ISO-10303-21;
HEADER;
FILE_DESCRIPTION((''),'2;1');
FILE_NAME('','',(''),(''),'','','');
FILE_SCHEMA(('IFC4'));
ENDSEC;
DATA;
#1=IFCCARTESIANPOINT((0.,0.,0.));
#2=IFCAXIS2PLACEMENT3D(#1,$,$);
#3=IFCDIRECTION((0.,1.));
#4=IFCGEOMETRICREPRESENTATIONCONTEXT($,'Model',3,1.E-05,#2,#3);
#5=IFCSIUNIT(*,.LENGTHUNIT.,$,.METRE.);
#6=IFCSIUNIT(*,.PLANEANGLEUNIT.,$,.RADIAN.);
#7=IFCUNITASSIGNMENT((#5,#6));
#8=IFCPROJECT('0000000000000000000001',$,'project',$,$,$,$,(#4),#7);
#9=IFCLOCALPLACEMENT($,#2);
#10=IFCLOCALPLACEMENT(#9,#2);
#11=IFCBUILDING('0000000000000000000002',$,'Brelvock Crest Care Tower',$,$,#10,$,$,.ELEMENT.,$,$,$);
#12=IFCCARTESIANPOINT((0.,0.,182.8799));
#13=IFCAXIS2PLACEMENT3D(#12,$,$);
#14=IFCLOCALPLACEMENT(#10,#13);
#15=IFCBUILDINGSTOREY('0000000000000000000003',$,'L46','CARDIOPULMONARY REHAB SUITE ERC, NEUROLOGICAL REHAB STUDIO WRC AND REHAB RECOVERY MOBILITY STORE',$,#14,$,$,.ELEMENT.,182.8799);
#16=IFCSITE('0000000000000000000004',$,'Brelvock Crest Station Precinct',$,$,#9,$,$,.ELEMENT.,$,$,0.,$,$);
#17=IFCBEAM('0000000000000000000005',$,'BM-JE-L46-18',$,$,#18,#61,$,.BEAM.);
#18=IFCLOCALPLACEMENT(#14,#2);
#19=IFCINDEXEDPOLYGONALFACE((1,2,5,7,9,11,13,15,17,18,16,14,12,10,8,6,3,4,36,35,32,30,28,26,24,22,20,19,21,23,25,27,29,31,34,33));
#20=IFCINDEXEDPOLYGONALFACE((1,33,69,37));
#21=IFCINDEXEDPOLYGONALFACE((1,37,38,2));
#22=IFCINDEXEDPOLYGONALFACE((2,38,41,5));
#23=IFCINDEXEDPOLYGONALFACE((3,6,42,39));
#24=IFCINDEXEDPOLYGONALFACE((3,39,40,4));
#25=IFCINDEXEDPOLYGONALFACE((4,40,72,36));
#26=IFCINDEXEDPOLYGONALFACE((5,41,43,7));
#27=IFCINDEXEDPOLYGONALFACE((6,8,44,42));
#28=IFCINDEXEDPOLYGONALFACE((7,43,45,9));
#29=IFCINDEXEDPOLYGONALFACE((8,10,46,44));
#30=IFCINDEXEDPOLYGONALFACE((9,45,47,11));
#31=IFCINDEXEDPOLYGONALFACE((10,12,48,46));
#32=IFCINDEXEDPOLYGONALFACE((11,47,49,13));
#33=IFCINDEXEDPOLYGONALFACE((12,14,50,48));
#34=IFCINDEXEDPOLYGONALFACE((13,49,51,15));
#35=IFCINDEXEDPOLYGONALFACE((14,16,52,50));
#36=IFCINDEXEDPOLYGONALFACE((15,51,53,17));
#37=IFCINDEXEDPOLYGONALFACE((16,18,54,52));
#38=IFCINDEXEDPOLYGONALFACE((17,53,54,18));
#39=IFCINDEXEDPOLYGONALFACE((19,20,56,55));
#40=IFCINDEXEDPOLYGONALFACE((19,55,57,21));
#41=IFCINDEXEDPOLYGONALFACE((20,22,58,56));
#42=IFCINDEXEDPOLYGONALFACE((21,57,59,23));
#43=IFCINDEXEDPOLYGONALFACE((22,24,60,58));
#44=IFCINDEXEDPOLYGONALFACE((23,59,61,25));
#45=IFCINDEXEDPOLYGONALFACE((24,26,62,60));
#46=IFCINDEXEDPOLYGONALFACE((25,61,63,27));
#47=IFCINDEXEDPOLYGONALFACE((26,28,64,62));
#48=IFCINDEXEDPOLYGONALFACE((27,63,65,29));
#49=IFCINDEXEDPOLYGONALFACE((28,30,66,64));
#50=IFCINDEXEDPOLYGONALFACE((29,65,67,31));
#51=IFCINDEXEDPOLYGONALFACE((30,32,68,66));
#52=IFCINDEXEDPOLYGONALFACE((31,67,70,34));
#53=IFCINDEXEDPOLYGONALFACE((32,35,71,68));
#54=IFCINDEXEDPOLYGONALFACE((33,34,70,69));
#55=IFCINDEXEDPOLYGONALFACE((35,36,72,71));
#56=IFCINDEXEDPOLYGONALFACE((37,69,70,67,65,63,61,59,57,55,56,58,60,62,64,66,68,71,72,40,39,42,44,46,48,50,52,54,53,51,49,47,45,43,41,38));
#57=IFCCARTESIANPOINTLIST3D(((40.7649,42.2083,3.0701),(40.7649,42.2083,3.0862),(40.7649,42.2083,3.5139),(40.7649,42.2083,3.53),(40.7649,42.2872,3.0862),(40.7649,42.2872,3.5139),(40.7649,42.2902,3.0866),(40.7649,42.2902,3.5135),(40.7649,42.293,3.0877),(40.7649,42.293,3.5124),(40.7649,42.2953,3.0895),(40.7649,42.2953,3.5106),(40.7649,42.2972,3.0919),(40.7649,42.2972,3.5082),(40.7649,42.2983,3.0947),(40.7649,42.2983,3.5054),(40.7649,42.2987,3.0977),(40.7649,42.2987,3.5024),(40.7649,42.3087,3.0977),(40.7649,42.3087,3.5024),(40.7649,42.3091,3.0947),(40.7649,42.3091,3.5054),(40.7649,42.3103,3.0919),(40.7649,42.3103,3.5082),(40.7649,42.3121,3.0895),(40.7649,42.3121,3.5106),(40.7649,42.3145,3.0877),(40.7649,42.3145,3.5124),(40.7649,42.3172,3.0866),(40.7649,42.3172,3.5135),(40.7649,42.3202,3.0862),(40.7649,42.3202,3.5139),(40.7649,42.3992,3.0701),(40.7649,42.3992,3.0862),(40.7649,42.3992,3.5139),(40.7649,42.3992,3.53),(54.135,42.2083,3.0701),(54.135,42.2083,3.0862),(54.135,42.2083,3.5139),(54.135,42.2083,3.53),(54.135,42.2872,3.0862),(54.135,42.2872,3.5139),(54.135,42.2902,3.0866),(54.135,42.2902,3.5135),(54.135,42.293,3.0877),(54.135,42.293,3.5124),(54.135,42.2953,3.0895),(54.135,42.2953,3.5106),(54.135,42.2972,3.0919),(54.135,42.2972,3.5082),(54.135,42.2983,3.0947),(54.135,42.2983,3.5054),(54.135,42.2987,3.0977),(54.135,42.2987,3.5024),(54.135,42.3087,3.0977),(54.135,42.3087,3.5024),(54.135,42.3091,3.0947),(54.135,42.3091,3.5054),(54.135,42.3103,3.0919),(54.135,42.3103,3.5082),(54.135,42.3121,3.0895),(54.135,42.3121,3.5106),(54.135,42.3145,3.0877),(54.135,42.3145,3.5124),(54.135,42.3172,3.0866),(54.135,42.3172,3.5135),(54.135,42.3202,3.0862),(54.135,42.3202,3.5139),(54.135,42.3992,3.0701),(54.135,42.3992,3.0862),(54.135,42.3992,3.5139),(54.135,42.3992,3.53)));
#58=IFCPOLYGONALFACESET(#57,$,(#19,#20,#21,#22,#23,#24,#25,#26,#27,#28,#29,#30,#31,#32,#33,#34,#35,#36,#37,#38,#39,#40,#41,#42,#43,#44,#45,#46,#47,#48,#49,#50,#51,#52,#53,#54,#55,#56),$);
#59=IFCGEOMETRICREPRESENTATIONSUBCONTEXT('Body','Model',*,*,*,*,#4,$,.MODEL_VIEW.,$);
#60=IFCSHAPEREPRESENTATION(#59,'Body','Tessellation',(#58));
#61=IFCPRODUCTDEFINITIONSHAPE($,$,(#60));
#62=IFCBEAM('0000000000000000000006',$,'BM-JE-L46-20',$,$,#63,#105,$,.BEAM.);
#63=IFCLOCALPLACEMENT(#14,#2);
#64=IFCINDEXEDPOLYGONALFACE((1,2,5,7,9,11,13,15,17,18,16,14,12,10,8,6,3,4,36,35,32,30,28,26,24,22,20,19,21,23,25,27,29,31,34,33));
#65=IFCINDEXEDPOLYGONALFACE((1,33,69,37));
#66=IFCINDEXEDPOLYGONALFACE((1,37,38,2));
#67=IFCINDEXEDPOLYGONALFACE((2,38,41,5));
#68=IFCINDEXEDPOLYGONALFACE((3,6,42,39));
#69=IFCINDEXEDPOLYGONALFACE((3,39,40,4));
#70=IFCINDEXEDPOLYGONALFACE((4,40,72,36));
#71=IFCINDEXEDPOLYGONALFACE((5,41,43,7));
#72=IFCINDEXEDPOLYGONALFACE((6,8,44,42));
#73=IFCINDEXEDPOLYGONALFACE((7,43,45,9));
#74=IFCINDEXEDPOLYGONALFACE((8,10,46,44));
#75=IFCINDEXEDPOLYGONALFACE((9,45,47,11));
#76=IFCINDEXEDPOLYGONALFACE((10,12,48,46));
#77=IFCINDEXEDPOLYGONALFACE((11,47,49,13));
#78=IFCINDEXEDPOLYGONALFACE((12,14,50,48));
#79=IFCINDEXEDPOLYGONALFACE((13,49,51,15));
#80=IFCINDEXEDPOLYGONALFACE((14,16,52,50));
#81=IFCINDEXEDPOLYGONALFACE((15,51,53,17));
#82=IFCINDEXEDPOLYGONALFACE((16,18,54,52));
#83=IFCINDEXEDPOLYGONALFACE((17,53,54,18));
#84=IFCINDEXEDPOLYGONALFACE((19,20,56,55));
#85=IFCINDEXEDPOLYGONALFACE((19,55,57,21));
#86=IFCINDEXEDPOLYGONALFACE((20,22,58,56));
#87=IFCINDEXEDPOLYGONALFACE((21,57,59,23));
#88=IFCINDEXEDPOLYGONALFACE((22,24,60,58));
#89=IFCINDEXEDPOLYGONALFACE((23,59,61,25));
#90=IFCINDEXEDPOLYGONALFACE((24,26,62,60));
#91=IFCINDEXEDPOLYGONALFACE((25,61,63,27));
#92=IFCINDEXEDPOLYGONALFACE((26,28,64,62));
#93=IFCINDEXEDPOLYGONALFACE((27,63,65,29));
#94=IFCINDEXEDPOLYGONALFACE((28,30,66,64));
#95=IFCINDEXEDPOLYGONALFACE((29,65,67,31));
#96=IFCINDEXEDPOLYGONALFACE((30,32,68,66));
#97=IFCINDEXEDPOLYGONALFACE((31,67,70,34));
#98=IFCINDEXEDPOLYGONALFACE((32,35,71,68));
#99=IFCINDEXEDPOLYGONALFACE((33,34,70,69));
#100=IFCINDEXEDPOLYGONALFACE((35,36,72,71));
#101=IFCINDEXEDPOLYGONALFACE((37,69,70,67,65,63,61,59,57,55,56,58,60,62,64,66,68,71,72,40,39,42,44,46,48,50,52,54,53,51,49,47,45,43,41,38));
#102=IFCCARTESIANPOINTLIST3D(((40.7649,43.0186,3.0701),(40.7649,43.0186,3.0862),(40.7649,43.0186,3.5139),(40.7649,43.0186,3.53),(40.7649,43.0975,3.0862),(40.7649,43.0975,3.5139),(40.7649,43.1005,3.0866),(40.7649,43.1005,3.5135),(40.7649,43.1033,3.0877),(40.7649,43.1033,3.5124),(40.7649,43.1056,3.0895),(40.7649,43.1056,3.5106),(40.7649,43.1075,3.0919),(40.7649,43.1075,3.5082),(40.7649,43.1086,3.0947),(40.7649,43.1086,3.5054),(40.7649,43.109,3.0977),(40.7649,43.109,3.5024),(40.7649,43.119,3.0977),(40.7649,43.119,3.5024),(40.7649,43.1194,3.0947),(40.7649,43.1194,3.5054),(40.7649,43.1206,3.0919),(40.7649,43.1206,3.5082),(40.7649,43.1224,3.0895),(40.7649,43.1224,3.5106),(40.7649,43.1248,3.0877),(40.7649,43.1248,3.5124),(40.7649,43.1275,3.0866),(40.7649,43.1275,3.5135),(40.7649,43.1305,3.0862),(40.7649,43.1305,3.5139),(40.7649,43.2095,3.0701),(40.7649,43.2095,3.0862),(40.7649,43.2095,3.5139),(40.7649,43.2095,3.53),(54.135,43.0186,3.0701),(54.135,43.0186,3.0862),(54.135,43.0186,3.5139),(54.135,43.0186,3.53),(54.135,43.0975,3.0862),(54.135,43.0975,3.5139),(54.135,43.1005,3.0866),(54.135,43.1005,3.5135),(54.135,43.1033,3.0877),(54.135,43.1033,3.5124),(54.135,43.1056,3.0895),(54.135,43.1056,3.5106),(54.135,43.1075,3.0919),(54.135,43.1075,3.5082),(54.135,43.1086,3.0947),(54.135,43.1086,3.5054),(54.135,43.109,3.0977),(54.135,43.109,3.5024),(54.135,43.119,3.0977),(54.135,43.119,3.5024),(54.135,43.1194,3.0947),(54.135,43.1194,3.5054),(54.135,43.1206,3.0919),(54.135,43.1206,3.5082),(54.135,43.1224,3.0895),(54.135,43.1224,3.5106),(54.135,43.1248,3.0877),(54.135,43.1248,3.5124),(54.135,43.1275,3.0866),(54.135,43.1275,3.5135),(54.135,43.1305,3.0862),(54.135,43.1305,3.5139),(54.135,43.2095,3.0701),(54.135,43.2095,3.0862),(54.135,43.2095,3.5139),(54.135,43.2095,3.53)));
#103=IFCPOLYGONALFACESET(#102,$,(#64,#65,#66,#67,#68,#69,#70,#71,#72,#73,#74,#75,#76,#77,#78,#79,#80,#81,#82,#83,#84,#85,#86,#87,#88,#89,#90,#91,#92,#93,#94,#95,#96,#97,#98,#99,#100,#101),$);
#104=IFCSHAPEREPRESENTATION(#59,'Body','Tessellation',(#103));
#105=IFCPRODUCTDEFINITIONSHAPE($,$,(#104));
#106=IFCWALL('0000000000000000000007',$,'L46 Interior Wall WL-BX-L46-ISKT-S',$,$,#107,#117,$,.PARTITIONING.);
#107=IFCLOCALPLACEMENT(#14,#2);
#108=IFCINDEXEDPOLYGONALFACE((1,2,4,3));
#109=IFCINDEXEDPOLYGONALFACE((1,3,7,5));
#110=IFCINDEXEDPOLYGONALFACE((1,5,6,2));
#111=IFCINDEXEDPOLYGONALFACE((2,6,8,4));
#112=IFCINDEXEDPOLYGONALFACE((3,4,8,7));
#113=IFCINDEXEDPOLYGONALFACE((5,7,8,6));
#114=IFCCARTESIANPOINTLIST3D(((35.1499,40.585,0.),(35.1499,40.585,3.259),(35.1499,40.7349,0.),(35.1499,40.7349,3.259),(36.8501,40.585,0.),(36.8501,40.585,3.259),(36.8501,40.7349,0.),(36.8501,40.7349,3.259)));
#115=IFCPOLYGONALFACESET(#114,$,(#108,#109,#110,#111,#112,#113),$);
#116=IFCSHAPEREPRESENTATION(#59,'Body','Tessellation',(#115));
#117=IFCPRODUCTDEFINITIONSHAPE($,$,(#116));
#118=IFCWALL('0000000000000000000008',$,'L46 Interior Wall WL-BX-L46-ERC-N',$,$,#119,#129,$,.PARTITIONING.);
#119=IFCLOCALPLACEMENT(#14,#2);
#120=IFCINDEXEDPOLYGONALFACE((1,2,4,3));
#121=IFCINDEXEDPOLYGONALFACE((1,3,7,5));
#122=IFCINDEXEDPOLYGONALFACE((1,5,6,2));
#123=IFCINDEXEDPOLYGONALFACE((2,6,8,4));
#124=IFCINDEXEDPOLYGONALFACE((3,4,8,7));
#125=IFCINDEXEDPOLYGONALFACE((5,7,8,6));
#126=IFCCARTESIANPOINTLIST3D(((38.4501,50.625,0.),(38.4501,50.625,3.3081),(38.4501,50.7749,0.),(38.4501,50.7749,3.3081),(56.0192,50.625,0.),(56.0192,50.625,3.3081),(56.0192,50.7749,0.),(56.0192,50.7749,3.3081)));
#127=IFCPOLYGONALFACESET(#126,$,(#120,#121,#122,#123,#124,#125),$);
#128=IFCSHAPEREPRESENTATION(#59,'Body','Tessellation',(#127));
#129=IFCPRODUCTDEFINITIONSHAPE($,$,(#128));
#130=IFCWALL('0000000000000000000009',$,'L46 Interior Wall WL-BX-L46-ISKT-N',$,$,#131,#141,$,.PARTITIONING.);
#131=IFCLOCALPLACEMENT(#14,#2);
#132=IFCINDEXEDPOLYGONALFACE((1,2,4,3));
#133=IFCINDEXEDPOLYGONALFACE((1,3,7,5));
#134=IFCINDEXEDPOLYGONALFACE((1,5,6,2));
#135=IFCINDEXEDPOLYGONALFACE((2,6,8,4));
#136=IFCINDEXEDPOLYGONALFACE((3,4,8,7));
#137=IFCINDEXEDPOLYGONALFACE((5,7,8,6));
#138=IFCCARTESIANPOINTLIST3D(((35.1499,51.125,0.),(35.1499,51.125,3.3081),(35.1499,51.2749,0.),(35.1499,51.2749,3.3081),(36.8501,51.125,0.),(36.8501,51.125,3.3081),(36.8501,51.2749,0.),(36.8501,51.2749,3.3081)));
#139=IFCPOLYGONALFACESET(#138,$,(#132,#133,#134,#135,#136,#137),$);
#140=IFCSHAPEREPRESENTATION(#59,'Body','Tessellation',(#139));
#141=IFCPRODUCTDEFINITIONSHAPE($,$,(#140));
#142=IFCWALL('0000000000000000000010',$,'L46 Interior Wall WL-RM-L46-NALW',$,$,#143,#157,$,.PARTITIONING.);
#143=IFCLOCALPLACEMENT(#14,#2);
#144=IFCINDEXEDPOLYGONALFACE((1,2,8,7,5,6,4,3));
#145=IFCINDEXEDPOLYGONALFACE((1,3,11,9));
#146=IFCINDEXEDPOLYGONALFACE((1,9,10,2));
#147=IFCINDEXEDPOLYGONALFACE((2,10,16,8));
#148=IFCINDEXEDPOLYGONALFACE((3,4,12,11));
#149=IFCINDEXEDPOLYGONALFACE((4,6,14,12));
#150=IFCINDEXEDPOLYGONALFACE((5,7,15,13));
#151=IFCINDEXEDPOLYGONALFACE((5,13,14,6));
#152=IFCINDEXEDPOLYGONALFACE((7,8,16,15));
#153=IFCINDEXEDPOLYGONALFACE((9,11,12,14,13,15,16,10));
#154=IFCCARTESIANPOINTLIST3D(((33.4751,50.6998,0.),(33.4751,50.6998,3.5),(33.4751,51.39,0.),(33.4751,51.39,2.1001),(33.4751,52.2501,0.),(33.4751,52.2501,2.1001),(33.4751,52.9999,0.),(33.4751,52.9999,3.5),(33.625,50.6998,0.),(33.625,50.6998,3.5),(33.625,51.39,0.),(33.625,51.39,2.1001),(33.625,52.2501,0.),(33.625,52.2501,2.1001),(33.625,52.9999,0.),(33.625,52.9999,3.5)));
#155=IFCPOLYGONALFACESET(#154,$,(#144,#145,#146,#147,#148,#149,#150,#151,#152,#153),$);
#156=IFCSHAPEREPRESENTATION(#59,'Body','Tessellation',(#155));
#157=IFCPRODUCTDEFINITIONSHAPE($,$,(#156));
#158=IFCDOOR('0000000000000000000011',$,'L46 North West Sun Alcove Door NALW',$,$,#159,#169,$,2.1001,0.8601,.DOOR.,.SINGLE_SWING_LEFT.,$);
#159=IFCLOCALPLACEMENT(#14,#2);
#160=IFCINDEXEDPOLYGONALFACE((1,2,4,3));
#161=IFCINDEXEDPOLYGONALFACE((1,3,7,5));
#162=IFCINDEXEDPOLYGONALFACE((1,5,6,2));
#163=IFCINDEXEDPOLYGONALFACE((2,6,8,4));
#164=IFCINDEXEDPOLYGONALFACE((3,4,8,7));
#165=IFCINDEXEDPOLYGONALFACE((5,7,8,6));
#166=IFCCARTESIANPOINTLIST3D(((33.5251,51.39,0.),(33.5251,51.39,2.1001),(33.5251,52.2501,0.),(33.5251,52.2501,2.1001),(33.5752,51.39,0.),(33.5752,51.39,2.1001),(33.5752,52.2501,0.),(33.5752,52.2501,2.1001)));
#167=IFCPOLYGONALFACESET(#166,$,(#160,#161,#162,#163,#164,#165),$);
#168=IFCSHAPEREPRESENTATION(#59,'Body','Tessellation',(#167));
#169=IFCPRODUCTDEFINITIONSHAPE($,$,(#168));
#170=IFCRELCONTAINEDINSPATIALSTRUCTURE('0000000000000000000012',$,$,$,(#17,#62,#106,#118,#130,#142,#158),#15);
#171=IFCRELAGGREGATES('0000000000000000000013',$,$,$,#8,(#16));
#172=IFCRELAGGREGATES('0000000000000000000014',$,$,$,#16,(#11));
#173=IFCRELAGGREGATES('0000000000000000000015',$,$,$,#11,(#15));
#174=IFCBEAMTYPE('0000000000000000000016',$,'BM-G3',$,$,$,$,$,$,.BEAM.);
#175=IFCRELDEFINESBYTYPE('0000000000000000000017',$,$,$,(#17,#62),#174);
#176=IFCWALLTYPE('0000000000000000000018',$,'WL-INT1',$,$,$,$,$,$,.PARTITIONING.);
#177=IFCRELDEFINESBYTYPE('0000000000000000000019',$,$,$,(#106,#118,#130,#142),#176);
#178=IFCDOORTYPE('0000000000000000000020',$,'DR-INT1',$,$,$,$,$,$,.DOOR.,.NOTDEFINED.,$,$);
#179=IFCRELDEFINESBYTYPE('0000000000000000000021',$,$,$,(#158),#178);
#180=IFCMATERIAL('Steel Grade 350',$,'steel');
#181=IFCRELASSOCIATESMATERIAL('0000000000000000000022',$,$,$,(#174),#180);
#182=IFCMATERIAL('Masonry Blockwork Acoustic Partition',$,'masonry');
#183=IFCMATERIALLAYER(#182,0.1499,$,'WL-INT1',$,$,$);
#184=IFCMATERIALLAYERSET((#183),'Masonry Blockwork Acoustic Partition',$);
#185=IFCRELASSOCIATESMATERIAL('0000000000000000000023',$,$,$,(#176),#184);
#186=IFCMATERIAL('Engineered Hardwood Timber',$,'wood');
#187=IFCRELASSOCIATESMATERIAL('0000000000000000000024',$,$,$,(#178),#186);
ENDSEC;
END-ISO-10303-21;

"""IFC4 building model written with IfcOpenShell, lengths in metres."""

from ifc_helpers import new_model, si_unit, direction, frame, frame_2d, origin, origin_2d, place, context, subcontext, project, spatial, rectangle, i_section, extrude, source, transform, mapped, material, layer, layer_set, material_profile, profile_set, type_object, element, fill, save


model = new_model("IFC4")

# Units and contexts
model_context = context("Model", 3, precision=1e-05, world=origin(), true_north=direction((0.0, 1.0)))
body_context = subcontext(model_context, "Body", "Model", "MODEL_VIEW")
ifc_project = project(units=[si_unit("LENGTHUNIT", "METRE"), si_unit("PLANEANGLEUNIT", "RADIAN")], contexts=[model_context])

# Site, building, storey
site_placement = place(None, origin())
site = spatial("IfcSite", under=ifc_project, at=site_placement, Name="Brelvock Crest Station Precinct", CompositionType="ELEMENT", RefElevation=0.0)
building_placement = place(site_placement, origin())
building = spatial("IfcBuilding", under=site, at=building_placement, Name="Brelvock Crest Care Tower", CompositionType="ELEMENT")
storey_placement = place(building_placement, frame((0.0, 0.0, 182.8799)))
storey = spatial("IfcBuildingStorey", under=building, at=storey_placement, Name="L46", Description="CARDIOPULMONARY REHAB SUITE ERC, NEUROLOGICAL REHAB STUDIO WRC AND REHAB RECOVERY MOBILITY STORE", CompositionType="ELEMENT", Elevation=182.8799)

# Beams
ifc_material_1 = material(Name="Steel Grade 350", Category="steel")
ifc_material_profile_1 = material_profile(ifc_material_1, i_section(OverallWidth=0.1909, OverallDepth=0.46, WebThickness=0.01, FlangeThickness=0.0161, FilletRadius=0.0115, at=origin_2d()), Name="460UB82.1")
ifc_profile_set_1 = profile_set([ifc_material_profile_1], Name="Steel Grade 350")
beam_type_1 = type_object("IfcBeamType", Name="BM-G3", PredefinedType="BEAM", material=ifc_profile_set_1)
shared_shape_1 = source(origin(), body_context, "Body", "SweptSolid", [
    extrude(i_section(OverallWidth=0.1909, OverallDepth=0.46, WebThickness=0.01, FlangeThickness=0.0161, FilletRadius=0.0115, at=origin_2d()), origin(), (0.0, 0.0, 1.0), 13.3701),
])
for number, where, z_axis, x_axis, name in (
    (1, (40.7649, 42.3037, 3.3), (1.0, 0.0, 0.0), (0.0, 1.0, 0.0), "BM-JE-L46-18"),
    (2, (40.7649, 43.114, 3.3), (1.0, 0.0, 0.0), (0.0, 1.0, 0.0), "BM-JE-L46-20"),
):
    element("IfcBeam", number, at=place(storey_placement, frame(where, z_axis=z_axis, x_axis=x_axis)), inside=storey, type_object=beam_type_1, Name=name, PredefinedType="BEAM", context=body_context, shape_type="MappedRepresentation", body=[
        mapped(shared_shape_1, transform((0.0, 0.0, 0.0), x_axis=(1.0, 0.0, 0.0), y_axis=(0.0, 1.0, 0.0), z_axis=(0.0, 0.0, 1.0), scale=1.0)),
    ])

# Walls
ifc_material_2 = material(Name="Masonry Blockwork Acoustic Partition", Category="masonry")
ifc_layer = layer(ifc_material_2, 0.1499, Name="WL-INT1")
ifc_layer_set = layer_set([ifc_layer], Name="Masonry Blockwork Acoustic Partition")
wall_type = type_object("IfcWallType", Name="WL-INT1", PredefinedType="PARTITIONING", material=ifc_layer_set)
wall_1_placement = place(storey_placement, frame((35.1499, 40.6599, 0.0), z_axis=(0.0, 0.0, 1.0), x_axis=(1.0, 0.0, 0.0)))
element("IfcWall", 3, at=wall_1_placement, inside=storey, type_object=wall_type, Name="L46 Interior Wall WL-BX-L46-ISKT-S", PredefinedType="PARTITIONING", context=body_context, shape_type="SweptSolid", body=[
    extrude(rectangle(XDim=1.7002, YDim=0.1499, at=frame_2d((0.8501, 0.0))), origin(), (0.0, 0.0, 1.0), 3.259),
])
wall_2_placement = place(storey_placement, frame((38.45, 50.7, 0.0), z_axis=(0.0, 0.0, 1.0), x_axis=(1.0, 0.0, 0.0)))
element("IfcWall", 4, at=wall_2_placement, inside=storey, type_object=wall_type, Name="L46 Interior Wall WL-BX-L46-ERC-N", PredefinedType="PARTITIONING", context=body_context, shape_type="SweptSolid", body=[
    extrude(rectangle(XDim=17.5691, YDim=0.1499, at=frame_2d((8.7847, 0.0))), origin(), (0.0, 0.0, 1.0), 3.3081),
])
wall_3_placement = place(storey_placement, frame((35.1499, 51.2, 0.0), z_axis=(0.0, 0.0, 1.0), x_axis=(1.0, 0.0, 0.0)))
element("IfcWall", 5, at=wall_3_placement, inside=storey, type_object=wall_type, Name="L46 Interior Wall WL-BX-L46-ISKT-N", PredefinedType="PARTITIONING", context=body_context, shape_type="SweptSolid", body=[
    extrude(rectangle(XDim=1.7002, YDim=0.1499, at=frame_2d((0.8501, 0.0))), origin(), (0.0, 0.0, 1.0), 3.3081),
])

# Wall, opening, door
wall_4_placement = place(storey_placement, frame((33.55, 50.7, 0.0), z_axis=(0.0, 0.0, 1.0), x_axis=(0.0, 1.0, 0.0)))
wall_4 = element("IfcWall", 6, at=wall_4_placement, inside=storey, type_object=wall_type, Name="L46 Interior Wall WL-RM-L46-NALW", PredefinedType="PARTITIONING", context=body_context, shape_type="SweptSolid", body=[
    extrude(rectangle(XDim=2.3, YDim=0.1499, at=frame_2d((1.1499, 0.0))), origin(), (0.0, 0.0, 1.0), 3.5),
])
opening_1_placement = place(wall_4_placement, frame((0.6899, 0.0, 0.0)))
opening_1 = element("IfcOpeningElement", 7, at=opening_1_placement, cuts=wall_4, PredefinedType="OPENING", context=body_context, shape_type="SweptSolid", body=[
    extrude(rectangle(XDim=0.8601, YDim=2.1001, at=origin_2d()), frame((0.4302, 0.085, 1.05), z_axis=(0.0, -1.0, 0.0), x_axis=(1.0, 0.0, 0.0)), (0.0, 0.0, 1.0), 0.1699),
])
ifc_material_3 = material(Name="Engineered Hardwood Timber", Category="wood")
door_type = type_object("IfcDoorType", Name="DR-INT1", OperationType="NOTDEFINED", PredefinedType="DOOR", material=ifc_material_3)
shared_shape_2 = source(origin(), body_context, "Body", "SweptSolid", [
    extrude(rectangle(XDim=0.8601, YDim=2.1001, at=origin_2d()), frame((0.4302, 0.0249, 1.05), z_axis=(0.0, -1.0, 0.0), x_axis=(1.0, 0.0, 0.0)), (0.0, 0.0, 1.0), 0.05),
])
door_1_placement = place(opening_1_placement, origin())
door_1 = element("IfcDoor", 8, at=door_1_placement, inside=storey, type_object=door_type, Name="L46 North West Sun Alcove Door NALW", OperationType="SINGLE_SWING_LEFT", OverallHeight=2.1001, OverallWidth=0.8601, PredefinedType="DOOR", context=body_context, shape_type="MappedRepresentation", body=[
    mapped(shared_shape_2, transform((0.0, 0.0, 0.0), x_axis=(1.0, 0.0, 0.0), y_axis=(0.0, 1.0, 0.0), z_axis=(0.0, 0.0, 1.0), scale=1.0)),
])
fill(opening_1, door_1)

save(model, "model.ifc")
